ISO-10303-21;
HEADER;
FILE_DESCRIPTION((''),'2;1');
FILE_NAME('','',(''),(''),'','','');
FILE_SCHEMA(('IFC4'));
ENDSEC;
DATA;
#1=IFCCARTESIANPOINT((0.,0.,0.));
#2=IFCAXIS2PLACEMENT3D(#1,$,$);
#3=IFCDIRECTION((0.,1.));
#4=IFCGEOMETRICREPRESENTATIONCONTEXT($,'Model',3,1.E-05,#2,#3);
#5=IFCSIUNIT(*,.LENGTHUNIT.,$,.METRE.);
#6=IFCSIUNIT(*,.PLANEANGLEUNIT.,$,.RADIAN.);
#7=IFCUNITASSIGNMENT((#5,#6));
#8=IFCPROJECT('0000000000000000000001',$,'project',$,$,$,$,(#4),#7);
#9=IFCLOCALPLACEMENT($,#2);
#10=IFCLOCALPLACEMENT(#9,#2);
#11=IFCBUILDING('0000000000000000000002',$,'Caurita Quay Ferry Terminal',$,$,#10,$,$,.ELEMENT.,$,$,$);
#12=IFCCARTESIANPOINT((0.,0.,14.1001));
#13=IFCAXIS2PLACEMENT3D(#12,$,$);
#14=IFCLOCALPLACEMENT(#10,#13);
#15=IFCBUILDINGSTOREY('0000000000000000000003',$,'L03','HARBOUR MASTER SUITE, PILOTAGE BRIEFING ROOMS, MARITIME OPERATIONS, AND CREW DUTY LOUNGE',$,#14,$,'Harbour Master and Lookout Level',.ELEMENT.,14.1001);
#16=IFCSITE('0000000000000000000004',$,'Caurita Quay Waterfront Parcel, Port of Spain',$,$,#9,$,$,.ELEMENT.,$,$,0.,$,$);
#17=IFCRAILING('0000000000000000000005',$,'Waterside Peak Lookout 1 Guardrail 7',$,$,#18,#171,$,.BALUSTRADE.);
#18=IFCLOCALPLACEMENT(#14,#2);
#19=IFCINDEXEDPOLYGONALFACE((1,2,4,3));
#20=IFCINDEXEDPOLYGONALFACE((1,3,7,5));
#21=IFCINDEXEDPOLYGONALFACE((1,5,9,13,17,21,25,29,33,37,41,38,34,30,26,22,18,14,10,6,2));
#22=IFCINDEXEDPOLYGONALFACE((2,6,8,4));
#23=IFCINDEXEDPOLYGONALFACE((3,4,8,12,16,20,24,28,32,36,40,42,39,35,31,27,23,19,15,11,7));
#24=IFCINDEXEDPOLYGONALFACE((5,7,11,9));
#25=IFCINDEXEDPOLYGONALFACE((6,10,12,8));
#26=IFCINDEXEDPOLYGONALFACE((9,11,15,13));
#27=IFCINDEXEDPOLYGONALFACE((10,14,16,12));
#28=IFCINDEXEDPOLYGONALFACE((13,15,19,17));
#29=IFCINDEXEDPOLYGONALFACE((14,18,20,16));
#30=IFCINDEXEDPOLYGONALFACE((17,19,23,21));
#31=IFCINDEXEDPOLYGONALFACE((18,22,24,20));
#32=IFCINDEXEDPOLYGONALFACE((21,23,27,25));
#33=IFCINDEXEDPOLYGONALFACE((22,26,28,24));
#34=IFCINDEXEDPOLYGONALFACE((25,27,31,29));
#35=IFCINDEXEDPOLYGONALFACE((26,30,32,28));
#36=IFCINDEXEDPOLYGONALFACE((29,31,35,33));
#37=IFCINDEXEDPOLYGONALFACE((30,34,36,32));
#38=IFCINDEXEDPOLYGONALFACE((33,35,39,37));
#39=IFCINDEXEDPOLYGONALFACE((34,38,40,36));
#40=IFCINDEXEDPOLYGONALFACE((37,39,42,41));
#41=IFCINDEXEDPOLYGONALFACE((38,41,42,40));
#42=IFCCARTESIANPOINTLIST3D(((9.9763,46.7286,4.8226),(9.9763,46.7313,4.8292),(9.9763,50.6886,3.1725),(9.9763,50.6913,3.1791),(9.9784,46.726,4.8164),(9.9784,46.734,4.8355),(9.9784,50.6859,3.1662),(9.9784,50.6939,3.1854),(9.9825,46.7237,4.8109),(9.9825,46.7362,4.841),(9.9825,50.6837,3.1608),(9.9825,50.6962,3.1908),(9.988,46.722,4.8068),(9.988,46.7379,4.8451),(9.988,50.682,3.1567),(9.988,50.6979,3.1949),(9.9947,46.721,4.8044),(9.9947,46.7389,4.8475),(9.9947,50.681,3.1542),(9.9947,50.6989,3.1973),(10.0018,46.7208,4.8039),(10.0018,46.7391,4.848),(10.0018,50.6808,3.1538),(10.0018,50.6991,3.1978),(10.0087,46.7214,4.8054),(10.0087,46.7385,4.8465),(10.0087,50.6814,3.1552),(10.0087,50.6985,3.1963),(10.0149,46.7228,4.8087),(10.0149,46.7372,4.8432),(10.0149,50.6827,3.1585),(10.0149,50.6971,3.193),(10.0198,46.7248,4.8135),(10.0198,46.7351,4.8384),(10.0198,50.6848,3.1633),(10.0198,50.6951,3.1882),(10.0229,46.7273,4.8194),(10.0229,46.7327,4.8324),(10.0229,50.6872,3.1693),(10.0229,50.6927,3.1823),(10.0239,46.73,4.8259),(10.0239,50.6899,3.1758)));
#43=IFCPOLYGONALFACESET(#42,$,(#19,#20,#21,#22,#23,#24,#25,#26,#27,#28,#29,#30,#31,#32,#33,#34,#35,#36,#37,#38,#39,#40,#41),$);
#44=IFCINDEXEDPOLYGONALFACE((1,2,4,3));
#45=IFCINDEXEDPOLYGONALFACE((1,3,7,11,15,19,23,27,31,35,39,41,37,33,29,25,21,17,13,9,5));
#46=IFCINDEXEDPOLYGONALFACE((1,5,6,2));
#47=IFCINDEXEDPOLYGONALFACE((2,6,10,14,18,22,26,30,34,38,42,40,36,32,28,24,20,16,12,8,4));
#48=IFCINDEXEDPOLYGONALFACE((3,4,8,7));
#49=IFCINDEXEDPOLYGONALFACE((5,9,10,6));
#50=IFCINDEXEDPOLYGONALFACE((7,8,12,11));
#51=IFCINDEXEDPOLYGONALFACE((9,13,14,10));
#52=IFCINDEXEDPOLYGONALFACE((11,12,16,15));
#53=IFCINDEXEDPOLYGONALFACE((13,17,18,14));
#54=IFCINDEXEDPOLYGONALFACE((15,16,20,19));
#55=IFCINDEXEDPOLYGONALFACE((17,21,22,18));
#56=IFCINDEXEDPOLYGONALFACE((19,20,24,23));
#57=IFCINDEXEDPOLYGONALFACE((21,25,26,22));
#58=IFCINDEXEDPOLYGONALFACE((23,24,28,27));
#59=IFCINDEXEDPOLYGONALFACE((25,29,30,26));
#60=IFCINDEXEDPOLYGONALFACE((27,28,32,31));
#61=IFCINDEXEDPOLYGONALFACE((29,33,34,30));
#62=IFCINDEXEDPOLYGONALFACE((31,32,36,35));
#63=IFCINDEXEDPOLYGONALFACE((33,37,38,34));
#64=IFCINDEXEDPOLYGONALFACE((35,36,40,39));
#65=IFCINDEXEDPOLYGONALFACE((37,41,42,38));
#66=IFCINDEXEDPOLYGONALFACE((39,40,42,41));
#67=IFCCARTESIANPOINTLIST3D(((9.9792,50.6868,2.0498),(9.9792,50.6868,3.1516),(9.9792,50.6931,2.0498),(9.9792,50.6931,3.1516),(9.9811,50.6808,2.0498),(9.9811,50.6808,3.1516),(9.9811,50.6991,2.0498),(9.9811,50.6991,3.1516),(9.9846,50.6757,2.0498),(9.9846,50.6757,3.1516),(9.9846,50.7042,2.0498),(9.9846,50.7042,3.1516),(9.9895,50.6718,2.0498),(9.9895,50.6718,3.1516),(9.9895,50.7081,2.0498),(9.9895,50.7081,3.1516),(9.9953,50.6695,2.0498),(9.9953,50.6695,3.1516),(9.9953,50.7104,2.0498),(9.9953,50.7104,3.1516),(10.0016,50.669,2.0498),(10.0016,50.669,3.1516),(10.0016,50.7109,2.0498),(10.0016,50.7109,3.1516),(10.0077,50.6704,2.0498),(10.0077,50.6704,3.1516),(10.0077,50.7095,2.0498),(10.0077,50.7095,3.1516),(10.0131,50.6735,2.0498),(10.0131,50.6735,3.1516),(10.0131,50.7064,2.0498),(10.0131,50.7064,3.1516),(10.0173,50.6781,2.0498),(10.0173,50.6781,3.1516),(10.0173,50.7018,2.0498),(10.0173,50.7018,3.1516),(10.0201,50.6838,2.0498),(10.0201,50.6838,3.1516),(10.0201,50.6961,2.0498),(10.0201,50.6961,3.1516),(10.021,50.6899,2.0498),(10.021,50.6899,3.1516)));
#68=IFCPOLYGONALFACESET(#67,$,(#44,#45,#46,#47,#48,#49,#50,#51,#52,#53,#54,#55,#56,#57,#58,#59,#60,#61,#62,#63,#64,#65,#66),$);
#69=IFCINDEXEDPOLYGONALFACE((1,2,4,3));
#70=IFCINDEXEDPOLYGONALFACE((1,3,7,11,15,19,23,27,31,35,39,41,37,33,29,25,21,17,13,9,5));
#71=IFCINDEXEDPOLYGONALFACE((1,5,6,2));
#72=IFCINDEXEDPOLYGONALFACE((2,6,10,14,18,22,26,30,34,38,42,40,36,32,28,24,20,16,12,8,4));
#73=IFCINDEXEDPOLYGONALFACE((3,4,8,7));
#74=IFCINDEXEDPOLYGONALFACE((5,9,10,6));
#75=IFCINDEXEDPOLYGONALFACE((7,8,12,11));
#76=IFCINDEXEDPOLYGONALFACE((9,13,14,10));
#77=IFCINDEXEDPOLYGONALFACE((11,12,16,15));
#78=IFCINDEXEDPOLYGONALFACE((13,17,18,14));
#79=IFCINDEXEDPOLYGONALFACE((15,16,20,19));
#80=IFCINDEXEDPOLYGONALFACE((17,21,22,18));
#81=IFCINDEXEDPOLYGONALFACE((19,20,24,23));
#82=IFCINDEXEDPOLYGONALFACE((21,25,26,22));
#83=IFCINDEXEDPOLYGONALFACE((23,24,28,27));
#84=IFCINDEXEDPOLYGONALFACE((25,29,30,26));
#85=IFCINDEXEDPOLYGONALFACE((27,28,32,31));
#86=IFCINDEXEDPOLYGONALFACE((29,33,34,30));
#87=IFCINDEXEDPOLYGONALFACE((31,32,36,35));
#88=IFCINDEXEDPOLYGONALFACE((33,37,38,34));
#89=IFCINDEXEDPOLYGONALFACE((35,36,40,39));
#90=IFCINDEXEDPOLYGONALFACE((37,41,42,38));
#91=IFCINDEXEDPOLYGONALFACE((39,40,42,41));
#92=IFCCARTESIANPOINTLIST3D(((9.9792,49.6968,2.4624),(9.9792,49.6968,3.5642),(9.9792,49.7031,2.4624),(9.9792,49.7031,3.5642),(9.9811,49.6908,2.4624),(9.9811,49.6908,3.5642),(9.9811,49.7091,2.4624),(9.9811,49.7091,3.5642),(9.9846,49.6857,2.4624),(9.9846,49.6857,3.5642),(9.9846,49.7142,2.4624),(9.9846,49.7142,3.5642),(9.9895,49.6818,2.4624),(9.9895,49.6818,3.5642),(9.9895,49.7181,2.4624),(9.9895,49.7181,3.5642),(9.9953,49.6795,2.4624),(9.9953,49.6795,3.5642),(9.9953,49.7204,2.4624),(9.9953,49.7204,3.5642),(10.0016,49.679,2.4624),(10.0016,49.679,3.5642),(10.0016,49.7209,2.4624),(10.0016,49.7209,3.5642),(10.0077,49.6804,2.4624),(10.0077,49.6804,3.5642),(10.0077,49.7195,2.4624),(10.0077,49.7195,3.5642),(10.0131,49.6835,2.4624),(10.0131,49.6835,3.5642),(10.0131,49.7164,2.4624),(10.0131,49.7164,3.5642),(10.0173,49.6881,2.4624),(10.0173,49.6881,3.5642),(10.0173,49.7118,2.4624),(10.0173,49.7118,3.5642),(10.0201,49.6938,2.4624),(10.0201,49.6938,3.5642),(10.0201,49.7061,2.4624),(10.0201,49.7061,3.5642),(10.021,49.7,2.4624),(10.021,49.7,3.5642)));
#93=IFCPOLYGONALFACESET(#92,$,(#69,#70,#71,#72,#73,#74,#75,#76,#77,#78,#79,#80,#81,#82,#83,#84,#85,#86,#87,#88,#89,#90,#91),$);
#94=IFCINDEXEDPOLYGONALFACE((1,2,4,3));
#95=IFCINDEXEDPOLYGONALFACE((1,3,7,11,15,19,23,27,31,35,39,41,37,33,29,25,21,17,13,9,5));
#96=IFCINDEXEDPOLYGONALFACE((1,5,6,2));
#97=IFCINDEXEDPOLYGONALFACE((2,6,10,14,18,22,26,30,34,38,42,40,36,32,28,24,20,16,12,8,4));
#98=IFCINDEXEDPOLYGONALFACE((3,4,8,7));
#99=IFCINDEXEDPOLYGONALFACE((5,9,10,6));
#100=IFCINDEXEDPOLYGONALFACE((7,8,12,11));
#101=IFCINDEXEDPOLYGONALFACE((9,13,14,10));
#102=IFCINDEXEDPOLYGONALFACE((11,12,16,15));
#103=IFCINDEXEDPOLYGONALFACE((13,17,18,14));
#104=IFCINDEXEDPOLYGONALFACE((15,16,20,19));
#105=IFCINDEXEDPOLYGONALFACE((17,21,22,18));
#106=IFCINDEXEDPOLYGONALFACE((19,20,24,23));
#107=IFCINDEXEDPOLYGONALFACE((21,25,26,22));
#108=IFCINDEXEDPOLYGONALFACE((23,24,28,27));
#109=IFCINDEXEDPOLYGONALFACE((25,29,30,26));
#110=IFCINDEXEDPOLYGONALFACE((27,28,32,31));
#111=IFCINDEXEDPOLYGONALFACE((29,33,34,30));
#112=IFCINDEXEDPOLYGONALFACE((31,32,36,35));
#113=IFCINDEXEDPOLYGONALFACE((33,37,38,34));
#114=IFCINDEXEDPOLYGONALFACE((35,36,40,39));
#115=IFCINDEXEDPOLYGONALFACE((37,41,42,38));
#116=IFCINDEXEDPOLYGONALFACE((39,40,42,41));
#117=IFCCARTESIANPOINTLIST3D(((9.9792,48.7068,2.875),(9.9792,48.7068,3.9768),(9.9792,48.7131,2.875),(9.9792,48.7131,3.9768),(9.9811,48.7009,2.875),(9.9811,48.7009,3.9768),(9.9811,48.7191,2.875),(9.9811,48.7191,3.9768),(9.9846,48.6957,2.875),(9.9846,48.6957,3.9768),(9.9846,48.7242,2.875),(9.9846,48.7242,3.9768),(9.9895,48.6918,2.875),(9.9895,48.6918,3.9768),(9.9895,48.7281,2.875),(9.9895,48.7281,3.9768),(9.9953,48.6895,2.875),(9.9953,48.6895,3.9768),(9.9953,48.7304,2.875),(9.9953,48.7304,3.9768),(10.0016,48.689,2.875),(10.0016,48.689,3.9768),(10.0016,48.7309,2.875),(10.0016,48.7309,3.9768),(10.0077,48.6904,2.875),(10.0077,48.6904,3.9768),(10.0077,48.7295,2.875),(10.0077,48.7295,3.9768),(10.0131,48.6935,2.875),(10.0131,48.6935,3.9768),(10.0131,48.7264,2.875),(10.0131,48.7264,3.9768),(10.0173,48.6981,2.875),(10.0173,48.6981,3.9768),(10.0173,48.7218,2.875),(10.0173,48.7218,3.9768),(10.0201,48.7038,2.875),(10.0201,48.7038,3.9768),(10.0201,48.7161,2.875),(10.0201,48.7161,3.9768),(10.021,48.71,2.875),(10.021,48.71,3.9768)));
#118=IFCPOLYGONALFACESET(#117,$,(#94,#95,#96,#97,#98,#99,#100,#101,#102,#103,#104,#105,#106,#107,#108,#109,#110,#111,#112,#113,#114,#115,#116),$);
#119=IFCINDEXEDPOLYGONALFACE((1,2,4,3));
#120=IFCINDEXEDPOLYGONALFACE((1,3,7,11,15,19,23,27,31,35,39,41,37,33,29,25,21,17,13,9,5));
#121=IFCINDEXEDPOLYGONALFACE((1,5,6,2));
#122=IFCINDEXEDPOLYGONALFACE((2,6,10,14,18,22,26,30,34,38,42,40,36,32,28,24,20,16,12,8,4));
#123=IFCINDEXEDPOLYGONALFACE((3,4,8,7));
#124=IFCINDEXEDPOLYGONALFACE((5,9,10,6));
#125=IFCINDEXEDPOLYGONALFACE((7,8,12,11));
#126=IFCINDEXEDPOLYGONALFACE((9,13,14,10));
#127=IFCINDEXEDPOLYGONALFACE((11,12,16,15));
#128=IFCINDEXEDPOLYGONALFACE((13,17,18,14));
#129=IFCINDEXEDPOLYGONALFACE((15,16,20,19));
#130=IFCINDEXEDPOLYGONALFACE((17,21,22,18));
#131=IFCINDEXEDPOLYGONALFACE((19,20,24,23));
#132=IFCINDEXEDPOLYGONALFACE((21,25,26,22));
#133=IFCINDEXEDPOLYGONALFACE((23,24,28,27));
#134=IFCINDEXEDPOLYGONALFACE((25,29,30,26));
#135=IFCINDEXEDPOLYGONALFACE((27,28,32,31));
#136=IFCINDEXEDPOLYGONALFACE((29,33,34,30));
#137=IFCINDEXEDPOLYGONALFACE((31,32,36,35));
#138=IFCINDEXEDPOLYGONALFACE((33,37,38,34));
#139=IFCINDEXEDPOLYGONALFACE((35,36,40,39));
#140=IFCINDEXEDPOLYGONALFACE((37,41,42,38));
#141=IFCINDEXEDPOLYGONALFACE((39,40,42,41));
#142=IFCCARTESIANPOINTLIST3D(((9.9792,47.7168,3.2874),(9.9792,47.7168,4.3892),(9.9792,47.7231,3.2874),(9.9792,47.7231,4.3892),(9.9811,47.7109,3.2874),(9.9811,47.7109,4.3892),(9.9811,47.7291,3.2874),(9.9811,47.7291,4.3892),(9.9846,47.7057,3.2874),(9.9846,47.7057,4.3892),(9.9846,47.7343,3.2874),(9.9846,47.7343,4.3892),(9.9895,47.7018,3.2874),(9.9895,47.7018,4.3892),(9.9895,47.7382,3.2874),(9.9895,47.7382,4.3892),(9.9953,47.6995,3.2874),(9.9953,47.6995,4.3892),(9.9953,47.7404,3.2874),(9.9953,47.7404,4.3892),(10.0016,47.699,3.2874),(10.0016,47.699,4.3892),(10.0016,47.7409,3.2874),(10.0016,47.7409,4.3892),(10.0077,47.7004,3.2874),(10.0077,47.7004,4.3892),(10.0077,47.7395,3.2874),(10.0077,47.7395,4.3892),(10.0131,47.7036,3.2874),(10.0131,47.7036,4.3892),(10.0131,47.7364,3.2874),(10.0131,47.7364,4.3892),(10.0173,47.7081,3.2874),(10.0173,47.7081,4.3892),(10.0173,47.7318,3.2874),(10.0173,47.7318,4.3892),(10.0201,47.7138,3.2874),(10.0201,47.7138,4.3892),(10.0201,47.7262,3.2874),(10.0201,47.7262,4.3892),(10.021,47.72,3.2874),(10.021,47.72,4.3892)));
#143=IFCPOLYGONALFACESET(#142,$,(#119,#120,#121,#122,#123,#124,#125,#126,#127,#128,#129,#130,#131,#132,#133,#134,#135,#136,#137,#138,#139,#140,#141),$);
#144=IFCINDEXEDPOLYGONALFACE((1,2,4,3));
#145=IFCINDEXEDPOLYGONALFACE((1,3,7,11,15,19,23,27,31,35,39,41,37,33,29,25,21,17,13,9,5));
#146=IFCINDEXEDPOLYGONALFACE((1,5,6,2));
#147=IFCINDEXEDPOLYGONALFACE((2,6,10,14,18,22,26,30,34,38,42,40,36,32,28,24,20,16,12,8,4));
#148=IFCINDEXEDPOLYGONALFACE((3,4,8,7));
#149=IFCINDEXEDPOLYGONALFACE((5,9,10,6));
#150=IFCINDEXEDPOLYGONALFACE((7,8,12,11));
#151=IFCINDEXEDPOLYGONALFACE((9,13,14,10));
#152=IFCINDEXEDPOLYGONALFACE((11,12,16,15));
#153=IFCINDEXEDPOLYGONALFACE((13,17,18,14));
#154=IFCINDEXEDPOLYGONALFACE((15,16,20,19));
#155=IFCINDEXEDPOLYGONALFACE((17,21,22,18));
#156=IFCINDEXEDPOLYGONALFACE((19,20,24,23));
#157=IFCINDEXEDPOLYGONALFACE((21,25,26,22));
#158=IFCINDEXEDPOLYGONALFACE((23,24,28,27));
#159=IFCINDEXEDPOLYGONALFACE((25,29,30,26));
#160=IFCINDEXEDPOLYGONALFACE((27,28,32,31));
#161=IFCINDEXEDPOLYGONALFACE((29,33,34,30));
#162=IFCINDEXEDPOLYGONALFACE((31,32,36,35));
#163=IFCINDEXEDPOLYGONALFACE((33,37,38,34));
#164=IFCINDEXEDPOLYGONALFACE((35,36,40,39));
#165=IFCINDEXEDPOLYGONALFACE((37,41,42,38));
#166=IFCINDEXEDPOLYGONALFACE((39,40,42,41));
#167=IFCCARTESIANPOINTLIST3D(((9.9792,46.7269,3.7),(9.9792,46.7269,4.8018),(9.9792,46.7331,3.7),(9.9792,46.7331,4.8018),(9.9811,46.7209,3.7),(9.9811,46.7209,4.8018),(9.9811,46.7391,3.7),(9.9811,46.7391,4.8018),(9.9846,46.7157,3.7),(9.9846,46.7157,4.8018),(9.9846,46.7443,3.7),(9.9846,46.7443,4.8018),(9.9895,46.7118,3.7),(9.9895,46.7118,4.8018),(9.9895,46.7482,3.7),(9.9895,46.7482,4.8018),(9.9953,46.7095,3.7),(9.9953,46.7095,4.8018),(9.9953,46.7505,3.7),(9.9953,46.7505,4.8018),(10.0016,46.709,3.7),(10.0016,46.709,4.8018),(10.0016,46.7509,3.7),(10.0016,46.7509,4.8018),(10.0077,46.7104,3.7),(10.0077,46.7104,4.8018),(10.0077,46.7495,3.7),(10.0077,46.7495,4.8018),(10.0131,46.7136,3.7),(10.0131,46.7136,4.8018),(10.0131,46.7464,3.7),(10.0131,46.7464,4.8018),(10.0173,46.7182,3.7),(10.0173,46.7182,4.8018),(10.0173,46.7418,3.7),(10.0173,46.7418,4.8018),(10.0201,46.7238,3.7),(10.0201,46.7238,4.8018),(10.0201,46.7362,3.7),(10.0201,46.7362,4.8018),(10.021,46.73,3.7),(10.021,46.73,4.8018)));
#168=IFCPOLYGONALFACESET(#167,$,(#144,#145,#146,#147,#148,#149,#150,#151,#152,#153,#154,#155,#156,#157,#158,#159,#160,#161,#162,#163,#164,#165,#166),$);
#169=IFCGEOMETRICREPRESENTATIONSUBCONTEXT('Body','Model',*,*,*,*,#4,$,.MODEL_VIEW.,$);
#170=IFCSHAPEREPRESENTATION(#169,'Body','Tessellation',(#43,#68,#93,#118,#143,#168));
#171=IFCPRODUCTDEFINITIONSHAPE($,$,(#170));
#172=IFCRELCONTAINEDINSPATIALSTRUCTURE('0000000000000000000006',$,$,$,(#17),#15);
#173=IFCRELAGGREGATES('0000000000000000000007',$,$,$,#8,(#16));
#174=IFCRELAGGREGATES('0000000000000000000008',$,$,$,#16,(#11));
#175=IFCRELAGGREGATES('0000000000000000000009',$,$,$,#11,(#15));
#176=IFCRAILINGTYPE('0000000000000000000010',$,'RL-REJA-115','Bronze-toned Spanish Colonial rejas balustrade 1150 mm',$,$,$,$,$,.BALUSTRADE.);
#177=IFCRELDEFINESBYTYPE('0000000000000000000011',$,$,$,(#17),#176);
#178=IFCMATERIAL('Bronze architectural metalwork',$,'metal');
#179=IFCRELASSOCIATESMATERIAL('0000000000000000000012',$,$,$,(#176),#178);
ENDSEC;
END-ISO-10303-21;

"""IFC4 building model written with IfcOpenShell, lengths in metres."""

from ifc_helpers import new_model, si_unit, direction, frame, origin, origin_2d, place, context, subcontext, project, spatial, circle, extrude, material, type_object, element, save


model = new_model("IFC4")

# Units and contexts
model_context = context("Model", 3, precision=1e-05, world=origin(), true_north=direction((0.0, 1.0)))
body_context = subcontext(model_context, "Body", "Model", "MODEL_VIEW")
ifc_project = project(units=[si_unit("LENGTHUNIT", "METRE"), si_unit("PLANEANGLEUNIT", "RADIAN")], contexts=[model_context])

# Site, building, storey
site_placement = place(None, origin())
site = spatial("IfcSite", under=ifc_project, at=site_placement, Name="Caurita Quay Waterfront Parcel, Port of Spain", CompositionType="ELEMENT", RefElevation=0.0)
building_placement = place(site_placement, origin())
building = spatial("IfcBuilding", under=site, at=building_placement, Name="Caurita Quay Ferry Terminal", CompositionType="ELEMENT")
storey_placement = place(building_placement, frame((0.0, 0.0, 14.1001)))
storey = spatial("IfcBuildingStorey", under=building, at=storey_placement, Name="L03", Description="HARBOUR MASTER SUITE, PILOTAGE BRIEFING ROOMS, MARITIME OPERATIONS, AND CREW DUTY LOUNGE", LongName="Harbour Master and Lookout Level", CompositionType="ELEMENT", Elevation=14.1001)

# Railing
ifc_material_1 = material(Name="Bronze architectural metalwork", Category="metal")
railing_type_1 = type_object("IfcRailingType", Name="RL-REJA-115", Description="Bronze-toned Spanish Colonial rejas balustrade 1150 mm", PredefinedType="BALUSTRADE", material=ifc_material_1)
for number, where, name in (
    (1, (10.0, 50.6899, 2.0498), "Waterside Peak Lookout 1 Guardrail 7"),
):
    element("IfcRailing", number, at=place(storey_placement, frame(where)), inside=storey, type_object=railing_type_1, Name=name, PredefinedType="BALUSTRADE", context=body_context, shape_type="SweptSolid", body=[
        extrude(circle(Radius=0.0239, at=origin_2d()), frame((0.0, 0.0, 1.126), z_axis=(0.0, -0.923063, 0.384648), x_axis=(1.0, 0.0, 0.0)), (0.0, 0.0, 1.0), 4.29),
        extrude(circle(Radius=0.021, at=origin_2d()), origin(), (0.0, 0.0, 1.0), 1.1018),
        extrude(circle(Radius=0.021, at=origin_2d()), frame((0.0, -0.99, 0.4126)), (0.0, 0.0, 1.0), 1.1018),
        extrude(circle(Radius=0.021, at=origin_2d()), frame((0.0, -1.98, 0.8252)), (0.0, 0.0, 1.0), 1.1018),
        extrude(circle(Radius=0.021, at=origin_2d()), frame((0.0, -2.97, 1.2375)), (0.0, 0.0, 1.0), 1.1018),
        extrude(circle(Radius=0.021, at=origin_2d()), frame((0.0, -3.96, 1.6501)), (0.0, 0.0, 1.0), 1.1018),
    ])

save(model, "model.ifc")
